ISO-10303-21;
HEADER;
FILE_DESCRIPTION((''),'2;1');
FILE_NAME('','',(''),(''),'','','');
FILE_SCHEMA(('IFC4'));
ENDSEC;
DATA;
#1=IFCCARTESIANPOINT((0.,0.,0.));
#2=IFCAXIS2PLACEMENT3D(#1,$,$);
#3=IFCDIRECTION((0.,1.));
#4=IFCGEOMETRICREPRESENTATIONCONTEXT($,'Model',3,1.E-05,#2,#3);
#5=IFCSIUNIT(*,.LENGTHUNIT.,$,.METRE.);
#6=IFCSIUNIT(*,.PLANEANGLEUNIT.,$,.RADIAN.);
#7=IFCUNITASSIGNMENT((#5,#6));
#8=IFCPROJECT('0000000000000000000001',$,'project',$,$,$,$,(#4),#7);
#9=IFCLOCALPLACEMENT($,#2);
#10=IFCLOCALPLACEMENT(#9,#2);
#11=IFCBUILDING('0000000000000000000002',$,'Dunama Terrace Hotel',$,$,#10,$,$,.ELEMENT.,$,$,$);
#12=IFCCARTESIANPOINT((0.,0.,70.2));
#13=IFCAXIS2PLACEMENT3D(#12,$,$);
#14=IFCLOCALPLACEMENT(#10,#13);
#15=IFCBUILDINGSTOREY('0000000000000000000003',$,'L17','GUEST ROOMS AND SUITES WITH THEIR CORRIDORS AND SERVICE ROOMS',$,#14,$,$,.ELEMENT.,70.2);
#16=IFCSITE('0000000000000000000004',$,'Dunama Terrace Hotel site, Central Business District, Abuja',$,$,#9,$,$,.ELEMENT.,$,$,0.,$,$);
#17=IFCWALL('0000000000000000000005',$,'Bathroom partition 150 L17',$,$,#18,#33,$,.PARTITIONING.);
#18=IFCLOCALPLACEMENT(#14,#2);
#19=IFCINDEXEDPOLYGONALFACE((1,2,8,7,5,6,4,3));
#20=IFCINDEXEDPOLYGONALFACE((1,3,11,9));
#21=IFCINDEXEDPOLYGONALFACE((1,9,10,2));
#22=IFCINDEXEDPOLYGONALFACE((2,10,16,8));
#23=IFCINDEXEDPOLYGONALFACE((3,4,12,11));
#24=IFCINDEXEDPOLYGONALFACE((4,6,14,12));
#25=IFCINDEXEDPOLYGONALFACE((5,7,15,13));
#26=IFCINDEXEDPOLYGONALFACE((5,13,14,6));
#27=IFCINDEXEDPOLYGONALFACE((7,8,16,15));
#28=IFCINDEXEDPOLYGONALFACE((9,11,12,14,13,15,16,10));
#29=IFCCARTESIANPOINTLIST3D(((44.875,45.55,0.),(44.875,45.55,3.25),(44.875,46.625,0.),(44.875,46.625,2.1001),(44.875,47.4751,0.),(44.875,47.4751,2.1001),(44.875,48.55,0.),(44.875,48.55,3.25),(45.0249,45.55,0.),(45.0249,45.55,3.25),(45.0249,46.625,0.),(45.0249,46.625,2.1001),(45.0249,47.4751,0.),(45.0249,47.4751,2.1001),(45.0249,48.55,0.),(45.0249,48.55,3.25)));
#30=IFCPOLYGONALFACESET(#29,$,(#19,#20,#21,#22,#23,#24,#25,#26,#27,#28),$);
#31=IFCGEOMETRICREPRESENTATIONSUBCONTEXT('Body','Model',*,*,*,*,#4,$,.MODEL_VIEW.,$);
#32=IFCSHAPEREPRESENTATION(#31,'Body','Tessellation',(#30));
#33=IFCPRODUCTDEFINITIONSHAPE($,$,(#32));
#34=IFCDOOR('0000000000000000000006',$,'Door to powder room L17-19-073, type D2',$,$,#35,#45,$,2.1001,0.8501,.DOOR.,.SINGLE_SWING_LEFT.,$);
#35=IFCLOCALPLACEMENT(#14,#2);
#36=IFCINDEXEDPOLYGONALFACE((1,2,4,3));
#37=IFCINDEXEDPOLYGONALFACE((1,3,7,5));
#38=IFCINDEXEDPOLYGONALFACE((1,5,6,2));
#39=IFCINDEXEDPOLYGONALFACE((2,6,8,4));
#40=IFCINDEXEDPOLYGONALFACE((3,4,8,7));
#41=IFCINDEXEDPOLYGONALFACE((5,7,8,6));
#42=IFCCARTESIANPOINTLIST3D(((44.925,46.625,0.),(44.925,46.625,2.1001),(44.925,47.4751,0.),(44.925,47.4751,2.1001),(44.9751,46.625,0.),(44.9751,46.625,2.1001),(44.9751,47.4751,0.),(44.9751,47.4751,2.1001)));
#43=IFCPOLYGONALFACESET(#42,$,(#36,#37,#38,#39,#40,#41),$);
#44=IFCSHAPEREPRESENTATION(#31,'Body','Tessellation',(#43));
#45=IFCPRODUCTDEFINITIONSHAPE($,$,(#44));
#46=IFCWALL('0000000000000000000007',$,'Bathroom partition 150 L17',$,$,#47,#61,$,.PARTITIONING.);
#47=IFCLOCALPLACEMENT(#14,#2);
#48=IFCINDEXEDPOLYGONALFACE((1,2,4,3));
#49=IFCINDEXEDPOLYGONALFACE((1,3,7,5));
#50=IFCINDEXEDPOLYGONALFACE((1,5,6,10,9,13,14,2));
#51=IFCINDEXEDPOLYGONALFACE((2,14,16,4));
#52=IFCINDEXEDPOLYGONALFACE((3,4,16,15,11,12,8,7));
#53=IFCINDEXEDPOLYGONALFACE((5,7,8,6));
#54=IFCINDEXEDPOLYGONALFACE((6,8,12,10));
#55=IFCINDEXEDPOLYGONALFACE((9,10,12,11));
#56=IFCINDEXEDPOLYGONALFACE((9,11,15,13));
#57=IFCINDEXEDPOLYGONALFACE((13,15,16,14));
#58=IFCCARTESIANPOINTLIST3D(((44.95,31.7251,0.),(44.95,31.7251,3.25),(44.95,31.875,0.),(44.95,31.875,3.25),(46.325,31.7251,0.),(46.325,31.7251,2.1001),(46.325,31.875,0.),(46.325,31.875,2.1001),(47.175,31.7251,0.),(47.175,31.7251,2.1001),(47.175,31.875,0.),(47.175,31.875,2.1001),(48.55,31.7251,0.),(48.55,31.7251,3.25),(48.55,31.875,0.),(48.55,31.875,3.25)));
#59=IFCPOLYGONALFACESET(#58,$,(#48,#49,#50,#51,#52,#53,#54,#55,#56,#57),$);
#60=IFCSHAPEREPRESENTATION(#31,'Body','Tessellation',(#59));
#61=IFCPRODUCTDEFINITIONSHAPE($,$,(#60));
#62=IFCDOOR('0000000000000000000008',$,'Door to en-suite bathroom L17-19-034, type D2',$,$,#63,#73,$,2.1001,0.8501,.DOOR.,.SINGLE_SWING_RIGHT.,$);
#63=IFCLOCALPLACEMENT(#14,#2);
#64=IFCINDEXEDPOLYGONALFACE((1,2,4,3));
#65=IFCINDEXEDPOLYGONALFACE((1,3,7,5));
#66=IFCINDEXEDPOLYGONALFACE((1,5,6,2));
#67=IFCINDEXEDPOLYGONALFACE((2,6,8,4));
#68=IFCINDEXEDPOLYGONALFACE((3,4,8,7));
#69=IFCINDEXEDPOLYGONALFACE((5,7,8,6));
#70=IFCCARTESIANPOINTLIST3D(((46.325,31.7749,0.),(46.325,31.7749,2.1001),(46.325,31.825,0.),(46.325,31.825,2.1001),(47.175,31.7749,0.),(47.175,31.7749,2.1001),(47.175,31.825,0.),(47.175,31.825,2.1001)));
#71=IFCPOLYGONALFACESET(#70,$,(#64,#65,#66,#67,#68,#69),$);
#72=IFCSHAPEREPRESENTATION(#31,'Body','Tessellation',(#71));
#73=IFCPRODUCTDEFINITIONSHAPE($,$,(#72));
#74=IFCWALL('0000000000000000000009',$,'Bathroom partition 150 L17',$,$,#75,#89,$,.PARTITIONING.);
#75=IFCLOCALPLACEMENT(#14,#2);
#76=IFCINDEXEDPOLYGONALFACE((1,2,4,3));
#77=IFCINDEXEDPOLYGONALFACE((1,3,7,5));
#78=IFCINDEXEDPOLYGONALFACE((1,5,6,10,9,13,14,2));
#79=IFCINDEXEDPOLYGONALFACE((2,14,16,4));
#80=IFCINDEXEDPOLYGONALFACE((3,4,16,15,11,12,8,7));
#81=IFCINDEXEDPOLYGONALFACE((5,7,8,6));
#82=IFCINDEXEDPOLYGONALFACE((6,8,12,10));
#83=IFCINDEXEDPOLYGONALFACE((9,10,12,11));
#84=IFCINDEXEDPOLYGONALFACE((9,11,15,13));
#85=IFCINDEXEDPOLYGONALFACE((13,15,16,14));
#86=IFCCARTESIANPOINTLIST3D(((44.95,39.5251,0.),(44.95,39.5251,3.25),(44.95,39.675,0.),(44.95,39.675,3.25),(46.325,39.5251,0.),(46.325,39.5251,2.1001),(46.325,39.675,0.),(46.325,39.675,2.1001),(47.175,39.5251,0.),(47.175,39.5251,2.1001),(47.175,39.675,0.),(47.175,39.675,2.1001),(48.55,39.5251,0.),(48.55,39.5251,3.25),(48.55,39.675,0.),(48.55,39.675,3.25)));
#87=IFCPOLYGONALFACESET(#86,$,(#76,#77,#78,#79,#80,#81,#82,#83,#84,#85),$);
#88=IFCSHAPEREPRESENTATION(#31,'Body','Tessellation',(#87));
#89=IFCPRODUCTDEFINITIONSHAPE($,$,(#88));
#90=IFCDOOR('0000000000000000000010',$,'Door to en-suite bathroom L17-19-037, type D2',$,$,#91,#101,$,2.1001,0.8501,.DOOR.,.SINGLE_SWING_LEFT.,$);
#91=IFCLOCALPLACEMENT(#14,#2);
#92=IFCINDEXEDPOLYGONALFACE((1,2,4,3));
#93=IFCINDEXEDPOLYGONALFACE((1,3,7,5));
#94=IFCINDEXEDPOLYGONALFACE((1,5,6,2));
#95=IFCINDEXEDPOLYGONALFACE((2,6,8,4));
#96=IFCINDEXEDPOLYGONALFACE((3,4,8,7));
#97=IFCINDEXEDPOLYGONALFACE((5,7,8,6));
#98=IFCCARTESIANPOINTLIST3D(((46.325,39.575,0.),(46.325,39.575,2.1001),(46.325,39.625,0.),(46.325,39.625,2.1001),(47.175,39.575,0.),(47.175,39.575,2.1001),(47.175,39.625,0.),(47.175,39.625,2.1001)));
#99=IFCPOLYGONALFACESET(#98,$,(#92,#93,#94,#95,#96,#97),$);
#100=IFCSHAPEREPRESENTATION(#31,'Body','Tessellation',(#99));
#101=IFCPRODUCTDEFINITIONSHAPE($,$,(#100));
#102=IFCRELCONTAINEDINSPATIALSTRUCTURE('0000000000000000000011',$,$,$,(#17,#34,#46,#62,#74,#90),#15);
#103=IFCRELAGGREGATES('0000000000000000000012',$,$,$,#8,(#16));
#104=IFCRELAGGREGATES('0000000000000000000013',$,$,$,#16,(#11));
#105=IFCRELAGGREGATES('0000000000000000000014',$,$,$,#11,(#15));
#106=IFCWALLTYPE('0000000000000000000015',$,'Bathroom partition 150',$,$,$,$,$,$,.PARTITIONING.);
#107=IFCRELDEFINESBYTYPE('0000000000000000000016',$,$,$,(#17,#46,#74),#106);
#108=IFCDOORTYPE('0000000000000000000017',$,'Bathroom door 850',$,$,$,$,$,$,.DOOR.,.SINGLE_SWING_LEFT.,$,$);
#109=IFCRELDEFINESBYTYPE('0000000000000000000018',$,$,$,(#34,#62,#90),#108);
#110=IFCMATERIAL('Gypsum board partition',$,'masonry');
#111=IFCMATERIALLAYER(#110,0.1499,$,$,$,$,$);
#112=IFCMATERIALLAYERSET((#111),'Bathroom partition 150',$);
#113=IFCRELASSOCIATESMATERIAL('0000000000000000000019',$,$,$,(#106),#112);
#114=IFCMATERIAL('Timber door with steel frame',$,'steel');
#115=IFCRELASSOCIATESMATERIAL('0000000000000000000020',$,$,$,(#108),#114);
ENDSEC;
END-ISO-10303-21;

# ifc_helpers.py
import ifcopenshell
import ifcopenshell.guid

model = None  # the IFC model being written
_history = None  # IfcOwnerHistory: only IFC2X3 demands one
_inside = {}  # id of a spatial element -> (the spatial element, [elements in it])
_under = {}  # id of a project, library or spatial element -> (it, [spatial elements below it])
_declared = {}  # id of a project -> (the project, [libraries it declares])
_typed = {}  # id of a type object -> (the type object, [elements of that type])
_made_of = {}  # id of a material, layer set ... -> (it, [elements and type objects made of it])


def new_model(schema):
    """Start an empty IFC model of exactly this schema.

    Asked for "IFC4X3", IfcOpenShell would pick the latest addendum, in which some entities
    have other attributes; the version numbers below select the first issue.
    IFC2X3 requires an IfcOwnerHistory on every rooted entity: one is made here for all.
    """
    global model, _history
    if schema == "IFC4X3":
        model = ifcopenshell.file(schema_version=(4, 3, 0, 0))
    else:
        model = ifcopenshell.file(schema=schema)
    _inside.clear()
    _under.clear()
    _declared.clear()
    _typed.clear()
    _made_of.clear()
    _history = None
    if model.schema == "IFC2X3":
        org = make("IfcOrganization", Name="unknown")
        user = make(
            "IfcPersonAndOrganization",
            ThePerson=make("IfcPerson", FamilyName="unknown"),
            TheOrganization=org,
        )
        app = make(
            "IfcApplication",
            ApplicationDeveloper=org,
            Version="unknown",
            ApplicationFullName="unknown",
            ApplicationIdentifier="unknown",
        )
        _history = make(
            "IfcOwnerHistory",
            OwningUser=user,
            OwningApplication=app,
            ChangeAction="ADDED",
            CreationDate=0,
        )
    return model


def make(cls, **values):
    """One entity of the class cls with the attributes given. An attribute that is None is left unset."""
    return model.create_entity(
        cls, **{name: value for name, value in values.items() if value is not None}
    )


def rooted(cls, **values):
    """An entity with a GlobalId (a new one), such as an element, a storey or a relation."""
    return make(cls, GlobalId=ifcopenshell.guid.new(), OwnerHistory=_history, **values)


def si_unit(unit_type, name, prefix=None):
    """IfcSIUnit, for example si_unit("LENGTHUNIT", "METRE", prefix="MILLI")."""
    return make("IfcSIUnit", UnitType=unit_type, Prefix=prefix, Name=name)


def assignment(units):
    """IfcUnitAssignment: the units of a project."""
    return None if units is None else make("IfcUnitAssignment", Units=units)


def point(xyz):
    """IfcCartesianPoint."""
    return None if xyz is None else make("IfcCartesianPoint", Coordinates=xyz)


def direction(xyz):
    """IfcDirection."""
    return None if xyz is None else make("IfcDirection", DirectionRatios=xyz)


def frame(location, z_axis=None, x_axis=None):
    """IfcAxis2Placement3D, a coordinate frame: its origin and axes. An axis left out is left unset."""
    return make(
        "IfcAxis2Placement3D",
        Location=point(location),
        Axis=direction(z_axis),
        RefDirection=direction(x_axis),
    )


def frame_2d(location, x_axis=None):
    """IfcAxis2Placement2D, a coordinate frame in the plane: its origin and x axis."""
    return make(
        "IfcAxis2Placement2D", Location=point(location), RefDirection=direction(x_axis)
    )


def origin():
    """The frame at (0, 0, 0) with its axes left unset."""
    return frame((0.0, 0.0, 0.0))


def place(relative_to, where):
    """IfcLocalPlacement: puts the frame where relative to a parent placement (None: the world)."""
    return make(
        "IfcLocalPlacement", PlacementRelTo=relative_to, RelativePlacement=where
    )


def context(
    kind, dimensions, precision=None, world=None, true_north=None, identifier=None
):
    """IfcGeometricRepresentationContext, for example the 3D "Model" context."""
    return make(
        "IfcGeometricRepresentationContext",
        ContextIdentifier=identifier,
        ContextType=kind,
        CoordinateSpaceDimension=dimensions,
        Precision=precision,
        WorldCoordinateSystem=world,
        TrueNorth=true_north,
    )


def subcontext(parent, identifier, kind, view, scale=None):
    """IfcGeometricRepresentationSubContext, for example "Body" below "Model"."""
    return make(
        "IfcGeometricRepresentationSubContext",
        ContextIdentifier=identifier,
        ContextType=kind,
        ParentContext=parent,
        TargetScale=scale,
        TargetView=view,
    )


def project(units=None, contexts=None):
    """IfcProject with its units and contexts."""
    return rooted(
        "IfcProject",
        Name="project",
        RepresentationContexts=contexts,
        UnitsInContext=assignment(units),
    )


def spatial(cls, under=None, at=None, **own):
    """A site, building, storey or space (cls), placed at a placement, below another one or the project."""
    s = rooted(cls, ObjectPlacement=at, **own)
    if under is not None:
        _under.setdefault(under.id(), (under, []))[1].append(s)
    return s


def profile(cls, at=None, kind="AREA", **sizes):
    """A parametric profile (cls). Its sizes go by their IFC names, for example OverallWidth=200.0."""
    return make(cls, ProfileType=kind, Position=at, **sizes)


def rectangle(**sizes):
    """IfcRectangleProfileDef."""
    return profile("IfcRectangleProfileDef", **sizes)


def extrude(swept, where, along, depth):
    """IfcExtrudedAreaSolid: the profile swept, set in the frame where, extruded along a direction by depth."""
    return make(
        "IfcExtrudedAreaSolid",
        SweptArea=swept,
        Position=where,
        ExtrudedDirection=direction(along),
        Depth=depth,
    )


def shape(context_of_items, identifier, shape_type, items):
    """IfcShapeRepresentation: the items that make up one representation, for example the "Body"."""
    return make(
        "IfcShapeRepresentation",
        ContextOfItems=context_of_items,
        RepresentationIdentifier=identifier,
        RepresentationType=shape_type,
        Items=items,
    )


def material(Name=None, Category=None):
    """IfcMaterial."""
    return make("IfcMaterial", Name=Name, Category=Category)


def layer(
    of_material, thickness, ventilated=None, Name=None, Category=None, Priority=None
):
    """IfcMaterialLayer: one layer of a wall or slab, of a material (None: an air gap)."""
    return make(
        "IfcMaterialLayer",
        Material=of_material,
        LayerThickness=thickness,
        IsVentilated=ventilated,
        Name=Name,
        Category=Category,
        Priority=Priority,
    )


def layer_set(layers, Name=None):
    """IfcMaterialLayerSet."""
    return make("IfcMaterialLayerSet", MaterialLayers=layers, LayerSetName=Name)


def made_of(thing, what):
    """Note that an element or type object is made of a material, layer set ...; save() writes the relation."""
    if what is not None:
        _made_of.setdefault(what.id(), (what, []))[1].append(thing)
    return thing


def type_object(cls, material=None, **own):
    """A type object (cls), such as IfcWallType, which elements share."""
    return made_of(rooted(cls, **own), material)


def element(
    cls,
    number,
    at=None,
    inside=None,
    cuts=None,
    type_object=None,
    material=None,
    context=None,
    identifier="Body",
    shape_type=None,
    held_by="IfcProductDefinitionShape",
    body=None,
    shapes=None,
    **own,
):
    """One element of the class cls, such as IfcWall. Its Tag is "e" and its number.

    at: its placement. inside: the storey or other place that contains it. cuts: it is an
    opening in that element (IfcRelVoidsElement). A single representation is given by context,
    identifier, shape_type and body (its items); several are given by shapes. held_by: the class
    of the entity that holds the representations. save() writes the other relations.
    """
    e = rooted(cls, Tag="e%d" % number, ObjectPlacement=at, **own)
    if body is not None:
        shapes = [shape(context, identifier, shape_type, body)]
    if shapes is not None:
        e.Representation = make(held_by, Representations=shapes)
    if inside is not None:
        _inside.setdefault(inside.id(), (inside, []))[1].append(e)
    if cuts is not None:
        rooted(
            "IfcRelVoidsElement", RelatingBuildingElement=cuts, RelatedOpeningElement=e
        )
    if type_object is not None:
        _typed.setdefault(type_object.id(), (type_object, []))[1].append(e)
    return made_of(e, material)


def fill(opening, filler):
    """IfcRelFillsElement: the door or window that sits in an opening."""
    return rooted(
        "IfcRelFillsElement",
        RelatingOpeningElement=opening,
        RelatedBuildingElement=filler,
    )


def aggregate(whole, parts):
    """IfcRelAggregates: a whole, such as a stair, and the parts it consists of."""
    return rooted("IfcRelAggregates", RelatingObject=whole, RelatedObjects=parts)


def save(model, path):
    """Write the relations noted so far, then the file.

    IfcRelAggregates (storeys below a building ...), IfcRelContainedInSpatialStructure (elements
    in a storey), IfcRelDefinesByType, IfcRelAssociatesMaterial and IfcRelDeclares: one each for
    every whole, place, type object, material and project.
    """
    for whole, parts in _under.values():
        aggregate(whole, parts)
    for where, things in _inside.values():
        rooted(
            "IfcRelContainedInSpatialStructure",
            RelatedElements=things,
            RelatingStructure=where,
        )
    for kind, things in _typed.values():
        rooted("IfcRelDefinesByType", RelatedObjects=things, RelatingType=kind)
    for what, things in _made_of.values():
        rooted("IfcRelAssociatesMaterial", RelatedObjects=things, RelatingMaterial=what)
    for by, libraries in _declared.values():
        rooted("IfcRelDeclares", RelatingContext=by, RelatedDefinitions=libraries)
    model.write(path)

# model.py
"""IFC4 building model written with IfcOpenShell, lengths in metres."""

from ifc_helpers import new_model, si_unit, direction, frame, frame_2d, origin, place, context, subcontext, project, spatial, rectangle, extrude, material, layer, layer_set, type_object, element, fill, save


model = new_model("IFC4")

# Units and contexts
model_context = context("Model", 3, precision=1e-05, world=origin(), true_north=direction((0.0, 1.0)))
body_context = subcontext(model_context, "Body", "Model", "MODEL_VIEW")
ifc_project = project(units=[si_unit("LENGTHUNIT", "METRE"), si_unit("PLANEANGLEUNIT", "RADIAN")], contexts=[model_context])

# Site, building, storey
site_placement = place(None, origin())
site = spatial("IfcSite", under=ifc_project, at=site_placement, Name="Dunama Terrace Hotel site, Central Business District, Abuja", CompositionType="ELEMENT", RefElevation=0.0)
building_placement = place(site_placement, origin())
building = spatial("IfcBuilding", under=site, at=building_placement, Name="Dunama Terrace Hotel", CompositionType="ELEMENT")
storey_placement = place(building_placement, frame((0.0, 0.0, 70.2)))
storey = spatial("IfcBuildingStorey", under=building, at=storey_placement, Name="L17", Description="GUEST ROOMS AND SUITES WITH THEIR CORRIDORS AND SERVICE ROOMS", CompositionType="ELEMENT", Elevation=70.2)

# Walls, openings, doors
ifc_material_1 = material(Name="Gypsum board partition", Category="masonry")
ifc_layer_1 = layer(ifc_material_1, 0.1499)
ifc_layer_set_1 = layer_set([ifc_layer_1], Name="Bathroom partition 150")
wall_type_1 = type_object("IfcWallType", Name="Bathroom partition 150", PredefinedType="PARTITIONING", material=ifc_layer_set_1)
wall_1_placement = place(storey_placement, frame((44.95, 45.55, 0.0), z_axis=(0.0, 0.0, 1.0), x_axis=(0.0, 1.0, 0.0)))
wall_1 = element("IfcWall", 1, at=wall_1_placement, inside=storey, type_object=wall_type_1, Name="Bathroom partition 150 L17", PredefinedType="PARTITIONING", context=body_context, shape_type="SweptSolid", body=[
    extrude(rectangle(XDim=3.0, YDim=0.1499, at=frame_2d((1.5, 0.0))), origin(), (0.0, 0.0, 1.0), 3.25),
])
opening_1_placement = place(wall_1_placement, frame((1.075, 0.0, 0.0)))
opening_1 = element("IfcOpeningElement", 2, at=opening_1_placement, cuts=wall_1, PredefinedType="OPENING", context=body_context, shape_type="SweptSolid", body=[
    extrude(rectangle(XDim=0.8501, YDim=2.1001, at=frame_2d((0.425, 1.05))), frame((0.0, 0.085, 0.0), z_axis=(0.0, -1.0, 0.0), x_axis=(1.0, 0.0, 0.0)), (0.0, 0.0, 1.0), 0.1699),
])
ifc_material_2 = material(Name="Timber door with steel frame", Category="steel")
door_type_1 = type_object("IfcDoorType", Name="Bathroom door 850", OperationType="SINGLE_SWING_LEFT", PredefinedType="DOOR", material=ifc_material_2)
door_1_placement = place(opening_1_placement, origin())
door_1 = element("IfcDoor", 3, at=door_1_placement, inside=storey, type_object=door_type_1, Name="Door to powder room L17-19-073, type D2", OperationType="SINGLE_SWING_LEFT", OverallHeight=2.1001, OverallWidth=0.8501, PredefinedType="DOOR", context=body_context, shape_type="SweptSolid", body=[
    extrude(rectangle(XDim=0.8501, YDim=2.1001, at=frame_2d((0.425, 1.05))), frame((0.0, 0.0249, 0.0), z_axis=(0.0, -1.0, 0.0), x_axis=(1.0, 0.0, 0.0)), (0.0, 0.0, 1.0), 0.05),
])
fill(opening_1, door_1)
wall_2_placement = place(storey_placement, frame((44.95, 31.8, 0.0), z_axis=(0.0, 0.0, 1.0), x_axis=(1.0, 0.0, 0.0)))
wall_2 = element("IfcWall", 4, at=wall_2_placement, inside=storey, type_object=wall_type_1, Name="Bathroom partition 150 L17", PredefinedType="PARTITIONING", context=body_context, shape_type="SweptSolid", body=[
    extrude(rectangle(XDim=3.6001, YDim=0.1499, at=frame_2d((1.8, 0.0))), origin(), (0.0, 0.0, 1.0), 3.25),
])
opening_2_placement = place(wall_2_placement, frame((1.375, 0.0, 0.0)))
opening_2 = element("IfcOpeningElement", 5, at=opening_2_placement, cuts=wall_2, PredefinedType="OPENING", context=body_context, shape_type="SweptSolid", body=[
    extrude(rectangle(XDim=0.8501, YDim=2.1001, at=frame_2d((0.425, 1.05))), frame((0.0, 0.085, 0.0), z_axis=(0.0, -1.0, 0.0), x_axis=(1.0, 0.0, 0.0)), (0.0, 0.0, 1.0), 0.1699),
])
door_2_placement = place(opening_2_placement, frame((0.8501, 0.0, 0.0), z_axis=(0.0, 0.0, 1.0), x_axis=(-1.0, 0.0, 0.0)))
door_2 = element("IfcDoor", 6, at=door_2_placement, inside=storey, type_object=door_type_1, Name="Door to en-suite bathroom L17-19-034, type D2", OperationType="SINGLE_SWING_RIGHT", OverallHeight=2.1001, OverallWidth=0.8501, PredefinedType="DOOR", context=body_context, shape_type="SweptSolid", body=[
    extrude(rectangle(XDim=0.8501, YDim=2.1001, at=frame_2d((0.425, 1.05))), frame((0.0, 0.0251, 0.0), z_axis=(0.0, -1.0, 0.0), x_axis=(1.0, 0.0, 0.0)), (0.0, 0.0, 1.0), 0.05),
])
fill(opening_2, door_2)
wall_3_placement = place(storey_placement, frame((44.95, 39.6001, 0.0), z_axis=(0.0, 0.0, 1.0), x_axis=(1.0, 0.0, 0.0)))
wall_3 = element("IfcWall", 7, at=wall_3_placement, inside=storey, type_object=wall_type_1, Name="Bathroom partition 150 L17", PredefinedType="PARTITIONING", context=body_context, shape_type="SweptSolid", body=[
    extrude(rectangle(XDim=3.6001, YDim=0.1499, at=frame_2d((1.8, 0.0))), origin(), (0.0, 0.0, 1.0), 3.25),
])
opening_3_placement = place(wall_3_placement, frame((1.375, 0.0, 0.0)))
opening_3 = element("IfcOpeningElement", 8, at=opening_3_placement, cuts=wall_3, PredefinedType="OPENING", context=body_context, shape_type="SweptSolid", body=[
    extrude(rectangle(XDim=0.8501, YDim=2.1001, at=frame_2d((0.425, 1.05))), frame((0.0, 0.085, 0.0), z_axis=(0.0, -1.0, 0.0), x_axis=(1.0, 0.0, 0.0)), (0.0, 0.0, 1.0), 0.1699),
])
door_3_placement = place(opening_3_placement, origin())
door_3 = element("IfcDoor", 9, at=door_3_placement, inside=storey, type_object=door_type_1, Name="Door to en-suite bathroom L17-19-037, type D2", OperationType="SINGLE_SWING_LEFT", OverallHeight=2.1001, OverallWidth=0.8501, PredefinedType="DOOR", context=body_context, shape_type="SweptSolid", body=[
    extrude(rectangle(XDim=0.8501, YDim=2.1001, at=frame_2d((0.425, 1.05))), frame((0.0, 0.0249, 0.0), z_axis=(0.0, -1.0, 0.0), x_axis=(1.0, 0.0, 0.0)), (0.0, 0.0, 1.0), 0.05),
])
fill(opening_3, door_3)

save(model, "model.ifc")
